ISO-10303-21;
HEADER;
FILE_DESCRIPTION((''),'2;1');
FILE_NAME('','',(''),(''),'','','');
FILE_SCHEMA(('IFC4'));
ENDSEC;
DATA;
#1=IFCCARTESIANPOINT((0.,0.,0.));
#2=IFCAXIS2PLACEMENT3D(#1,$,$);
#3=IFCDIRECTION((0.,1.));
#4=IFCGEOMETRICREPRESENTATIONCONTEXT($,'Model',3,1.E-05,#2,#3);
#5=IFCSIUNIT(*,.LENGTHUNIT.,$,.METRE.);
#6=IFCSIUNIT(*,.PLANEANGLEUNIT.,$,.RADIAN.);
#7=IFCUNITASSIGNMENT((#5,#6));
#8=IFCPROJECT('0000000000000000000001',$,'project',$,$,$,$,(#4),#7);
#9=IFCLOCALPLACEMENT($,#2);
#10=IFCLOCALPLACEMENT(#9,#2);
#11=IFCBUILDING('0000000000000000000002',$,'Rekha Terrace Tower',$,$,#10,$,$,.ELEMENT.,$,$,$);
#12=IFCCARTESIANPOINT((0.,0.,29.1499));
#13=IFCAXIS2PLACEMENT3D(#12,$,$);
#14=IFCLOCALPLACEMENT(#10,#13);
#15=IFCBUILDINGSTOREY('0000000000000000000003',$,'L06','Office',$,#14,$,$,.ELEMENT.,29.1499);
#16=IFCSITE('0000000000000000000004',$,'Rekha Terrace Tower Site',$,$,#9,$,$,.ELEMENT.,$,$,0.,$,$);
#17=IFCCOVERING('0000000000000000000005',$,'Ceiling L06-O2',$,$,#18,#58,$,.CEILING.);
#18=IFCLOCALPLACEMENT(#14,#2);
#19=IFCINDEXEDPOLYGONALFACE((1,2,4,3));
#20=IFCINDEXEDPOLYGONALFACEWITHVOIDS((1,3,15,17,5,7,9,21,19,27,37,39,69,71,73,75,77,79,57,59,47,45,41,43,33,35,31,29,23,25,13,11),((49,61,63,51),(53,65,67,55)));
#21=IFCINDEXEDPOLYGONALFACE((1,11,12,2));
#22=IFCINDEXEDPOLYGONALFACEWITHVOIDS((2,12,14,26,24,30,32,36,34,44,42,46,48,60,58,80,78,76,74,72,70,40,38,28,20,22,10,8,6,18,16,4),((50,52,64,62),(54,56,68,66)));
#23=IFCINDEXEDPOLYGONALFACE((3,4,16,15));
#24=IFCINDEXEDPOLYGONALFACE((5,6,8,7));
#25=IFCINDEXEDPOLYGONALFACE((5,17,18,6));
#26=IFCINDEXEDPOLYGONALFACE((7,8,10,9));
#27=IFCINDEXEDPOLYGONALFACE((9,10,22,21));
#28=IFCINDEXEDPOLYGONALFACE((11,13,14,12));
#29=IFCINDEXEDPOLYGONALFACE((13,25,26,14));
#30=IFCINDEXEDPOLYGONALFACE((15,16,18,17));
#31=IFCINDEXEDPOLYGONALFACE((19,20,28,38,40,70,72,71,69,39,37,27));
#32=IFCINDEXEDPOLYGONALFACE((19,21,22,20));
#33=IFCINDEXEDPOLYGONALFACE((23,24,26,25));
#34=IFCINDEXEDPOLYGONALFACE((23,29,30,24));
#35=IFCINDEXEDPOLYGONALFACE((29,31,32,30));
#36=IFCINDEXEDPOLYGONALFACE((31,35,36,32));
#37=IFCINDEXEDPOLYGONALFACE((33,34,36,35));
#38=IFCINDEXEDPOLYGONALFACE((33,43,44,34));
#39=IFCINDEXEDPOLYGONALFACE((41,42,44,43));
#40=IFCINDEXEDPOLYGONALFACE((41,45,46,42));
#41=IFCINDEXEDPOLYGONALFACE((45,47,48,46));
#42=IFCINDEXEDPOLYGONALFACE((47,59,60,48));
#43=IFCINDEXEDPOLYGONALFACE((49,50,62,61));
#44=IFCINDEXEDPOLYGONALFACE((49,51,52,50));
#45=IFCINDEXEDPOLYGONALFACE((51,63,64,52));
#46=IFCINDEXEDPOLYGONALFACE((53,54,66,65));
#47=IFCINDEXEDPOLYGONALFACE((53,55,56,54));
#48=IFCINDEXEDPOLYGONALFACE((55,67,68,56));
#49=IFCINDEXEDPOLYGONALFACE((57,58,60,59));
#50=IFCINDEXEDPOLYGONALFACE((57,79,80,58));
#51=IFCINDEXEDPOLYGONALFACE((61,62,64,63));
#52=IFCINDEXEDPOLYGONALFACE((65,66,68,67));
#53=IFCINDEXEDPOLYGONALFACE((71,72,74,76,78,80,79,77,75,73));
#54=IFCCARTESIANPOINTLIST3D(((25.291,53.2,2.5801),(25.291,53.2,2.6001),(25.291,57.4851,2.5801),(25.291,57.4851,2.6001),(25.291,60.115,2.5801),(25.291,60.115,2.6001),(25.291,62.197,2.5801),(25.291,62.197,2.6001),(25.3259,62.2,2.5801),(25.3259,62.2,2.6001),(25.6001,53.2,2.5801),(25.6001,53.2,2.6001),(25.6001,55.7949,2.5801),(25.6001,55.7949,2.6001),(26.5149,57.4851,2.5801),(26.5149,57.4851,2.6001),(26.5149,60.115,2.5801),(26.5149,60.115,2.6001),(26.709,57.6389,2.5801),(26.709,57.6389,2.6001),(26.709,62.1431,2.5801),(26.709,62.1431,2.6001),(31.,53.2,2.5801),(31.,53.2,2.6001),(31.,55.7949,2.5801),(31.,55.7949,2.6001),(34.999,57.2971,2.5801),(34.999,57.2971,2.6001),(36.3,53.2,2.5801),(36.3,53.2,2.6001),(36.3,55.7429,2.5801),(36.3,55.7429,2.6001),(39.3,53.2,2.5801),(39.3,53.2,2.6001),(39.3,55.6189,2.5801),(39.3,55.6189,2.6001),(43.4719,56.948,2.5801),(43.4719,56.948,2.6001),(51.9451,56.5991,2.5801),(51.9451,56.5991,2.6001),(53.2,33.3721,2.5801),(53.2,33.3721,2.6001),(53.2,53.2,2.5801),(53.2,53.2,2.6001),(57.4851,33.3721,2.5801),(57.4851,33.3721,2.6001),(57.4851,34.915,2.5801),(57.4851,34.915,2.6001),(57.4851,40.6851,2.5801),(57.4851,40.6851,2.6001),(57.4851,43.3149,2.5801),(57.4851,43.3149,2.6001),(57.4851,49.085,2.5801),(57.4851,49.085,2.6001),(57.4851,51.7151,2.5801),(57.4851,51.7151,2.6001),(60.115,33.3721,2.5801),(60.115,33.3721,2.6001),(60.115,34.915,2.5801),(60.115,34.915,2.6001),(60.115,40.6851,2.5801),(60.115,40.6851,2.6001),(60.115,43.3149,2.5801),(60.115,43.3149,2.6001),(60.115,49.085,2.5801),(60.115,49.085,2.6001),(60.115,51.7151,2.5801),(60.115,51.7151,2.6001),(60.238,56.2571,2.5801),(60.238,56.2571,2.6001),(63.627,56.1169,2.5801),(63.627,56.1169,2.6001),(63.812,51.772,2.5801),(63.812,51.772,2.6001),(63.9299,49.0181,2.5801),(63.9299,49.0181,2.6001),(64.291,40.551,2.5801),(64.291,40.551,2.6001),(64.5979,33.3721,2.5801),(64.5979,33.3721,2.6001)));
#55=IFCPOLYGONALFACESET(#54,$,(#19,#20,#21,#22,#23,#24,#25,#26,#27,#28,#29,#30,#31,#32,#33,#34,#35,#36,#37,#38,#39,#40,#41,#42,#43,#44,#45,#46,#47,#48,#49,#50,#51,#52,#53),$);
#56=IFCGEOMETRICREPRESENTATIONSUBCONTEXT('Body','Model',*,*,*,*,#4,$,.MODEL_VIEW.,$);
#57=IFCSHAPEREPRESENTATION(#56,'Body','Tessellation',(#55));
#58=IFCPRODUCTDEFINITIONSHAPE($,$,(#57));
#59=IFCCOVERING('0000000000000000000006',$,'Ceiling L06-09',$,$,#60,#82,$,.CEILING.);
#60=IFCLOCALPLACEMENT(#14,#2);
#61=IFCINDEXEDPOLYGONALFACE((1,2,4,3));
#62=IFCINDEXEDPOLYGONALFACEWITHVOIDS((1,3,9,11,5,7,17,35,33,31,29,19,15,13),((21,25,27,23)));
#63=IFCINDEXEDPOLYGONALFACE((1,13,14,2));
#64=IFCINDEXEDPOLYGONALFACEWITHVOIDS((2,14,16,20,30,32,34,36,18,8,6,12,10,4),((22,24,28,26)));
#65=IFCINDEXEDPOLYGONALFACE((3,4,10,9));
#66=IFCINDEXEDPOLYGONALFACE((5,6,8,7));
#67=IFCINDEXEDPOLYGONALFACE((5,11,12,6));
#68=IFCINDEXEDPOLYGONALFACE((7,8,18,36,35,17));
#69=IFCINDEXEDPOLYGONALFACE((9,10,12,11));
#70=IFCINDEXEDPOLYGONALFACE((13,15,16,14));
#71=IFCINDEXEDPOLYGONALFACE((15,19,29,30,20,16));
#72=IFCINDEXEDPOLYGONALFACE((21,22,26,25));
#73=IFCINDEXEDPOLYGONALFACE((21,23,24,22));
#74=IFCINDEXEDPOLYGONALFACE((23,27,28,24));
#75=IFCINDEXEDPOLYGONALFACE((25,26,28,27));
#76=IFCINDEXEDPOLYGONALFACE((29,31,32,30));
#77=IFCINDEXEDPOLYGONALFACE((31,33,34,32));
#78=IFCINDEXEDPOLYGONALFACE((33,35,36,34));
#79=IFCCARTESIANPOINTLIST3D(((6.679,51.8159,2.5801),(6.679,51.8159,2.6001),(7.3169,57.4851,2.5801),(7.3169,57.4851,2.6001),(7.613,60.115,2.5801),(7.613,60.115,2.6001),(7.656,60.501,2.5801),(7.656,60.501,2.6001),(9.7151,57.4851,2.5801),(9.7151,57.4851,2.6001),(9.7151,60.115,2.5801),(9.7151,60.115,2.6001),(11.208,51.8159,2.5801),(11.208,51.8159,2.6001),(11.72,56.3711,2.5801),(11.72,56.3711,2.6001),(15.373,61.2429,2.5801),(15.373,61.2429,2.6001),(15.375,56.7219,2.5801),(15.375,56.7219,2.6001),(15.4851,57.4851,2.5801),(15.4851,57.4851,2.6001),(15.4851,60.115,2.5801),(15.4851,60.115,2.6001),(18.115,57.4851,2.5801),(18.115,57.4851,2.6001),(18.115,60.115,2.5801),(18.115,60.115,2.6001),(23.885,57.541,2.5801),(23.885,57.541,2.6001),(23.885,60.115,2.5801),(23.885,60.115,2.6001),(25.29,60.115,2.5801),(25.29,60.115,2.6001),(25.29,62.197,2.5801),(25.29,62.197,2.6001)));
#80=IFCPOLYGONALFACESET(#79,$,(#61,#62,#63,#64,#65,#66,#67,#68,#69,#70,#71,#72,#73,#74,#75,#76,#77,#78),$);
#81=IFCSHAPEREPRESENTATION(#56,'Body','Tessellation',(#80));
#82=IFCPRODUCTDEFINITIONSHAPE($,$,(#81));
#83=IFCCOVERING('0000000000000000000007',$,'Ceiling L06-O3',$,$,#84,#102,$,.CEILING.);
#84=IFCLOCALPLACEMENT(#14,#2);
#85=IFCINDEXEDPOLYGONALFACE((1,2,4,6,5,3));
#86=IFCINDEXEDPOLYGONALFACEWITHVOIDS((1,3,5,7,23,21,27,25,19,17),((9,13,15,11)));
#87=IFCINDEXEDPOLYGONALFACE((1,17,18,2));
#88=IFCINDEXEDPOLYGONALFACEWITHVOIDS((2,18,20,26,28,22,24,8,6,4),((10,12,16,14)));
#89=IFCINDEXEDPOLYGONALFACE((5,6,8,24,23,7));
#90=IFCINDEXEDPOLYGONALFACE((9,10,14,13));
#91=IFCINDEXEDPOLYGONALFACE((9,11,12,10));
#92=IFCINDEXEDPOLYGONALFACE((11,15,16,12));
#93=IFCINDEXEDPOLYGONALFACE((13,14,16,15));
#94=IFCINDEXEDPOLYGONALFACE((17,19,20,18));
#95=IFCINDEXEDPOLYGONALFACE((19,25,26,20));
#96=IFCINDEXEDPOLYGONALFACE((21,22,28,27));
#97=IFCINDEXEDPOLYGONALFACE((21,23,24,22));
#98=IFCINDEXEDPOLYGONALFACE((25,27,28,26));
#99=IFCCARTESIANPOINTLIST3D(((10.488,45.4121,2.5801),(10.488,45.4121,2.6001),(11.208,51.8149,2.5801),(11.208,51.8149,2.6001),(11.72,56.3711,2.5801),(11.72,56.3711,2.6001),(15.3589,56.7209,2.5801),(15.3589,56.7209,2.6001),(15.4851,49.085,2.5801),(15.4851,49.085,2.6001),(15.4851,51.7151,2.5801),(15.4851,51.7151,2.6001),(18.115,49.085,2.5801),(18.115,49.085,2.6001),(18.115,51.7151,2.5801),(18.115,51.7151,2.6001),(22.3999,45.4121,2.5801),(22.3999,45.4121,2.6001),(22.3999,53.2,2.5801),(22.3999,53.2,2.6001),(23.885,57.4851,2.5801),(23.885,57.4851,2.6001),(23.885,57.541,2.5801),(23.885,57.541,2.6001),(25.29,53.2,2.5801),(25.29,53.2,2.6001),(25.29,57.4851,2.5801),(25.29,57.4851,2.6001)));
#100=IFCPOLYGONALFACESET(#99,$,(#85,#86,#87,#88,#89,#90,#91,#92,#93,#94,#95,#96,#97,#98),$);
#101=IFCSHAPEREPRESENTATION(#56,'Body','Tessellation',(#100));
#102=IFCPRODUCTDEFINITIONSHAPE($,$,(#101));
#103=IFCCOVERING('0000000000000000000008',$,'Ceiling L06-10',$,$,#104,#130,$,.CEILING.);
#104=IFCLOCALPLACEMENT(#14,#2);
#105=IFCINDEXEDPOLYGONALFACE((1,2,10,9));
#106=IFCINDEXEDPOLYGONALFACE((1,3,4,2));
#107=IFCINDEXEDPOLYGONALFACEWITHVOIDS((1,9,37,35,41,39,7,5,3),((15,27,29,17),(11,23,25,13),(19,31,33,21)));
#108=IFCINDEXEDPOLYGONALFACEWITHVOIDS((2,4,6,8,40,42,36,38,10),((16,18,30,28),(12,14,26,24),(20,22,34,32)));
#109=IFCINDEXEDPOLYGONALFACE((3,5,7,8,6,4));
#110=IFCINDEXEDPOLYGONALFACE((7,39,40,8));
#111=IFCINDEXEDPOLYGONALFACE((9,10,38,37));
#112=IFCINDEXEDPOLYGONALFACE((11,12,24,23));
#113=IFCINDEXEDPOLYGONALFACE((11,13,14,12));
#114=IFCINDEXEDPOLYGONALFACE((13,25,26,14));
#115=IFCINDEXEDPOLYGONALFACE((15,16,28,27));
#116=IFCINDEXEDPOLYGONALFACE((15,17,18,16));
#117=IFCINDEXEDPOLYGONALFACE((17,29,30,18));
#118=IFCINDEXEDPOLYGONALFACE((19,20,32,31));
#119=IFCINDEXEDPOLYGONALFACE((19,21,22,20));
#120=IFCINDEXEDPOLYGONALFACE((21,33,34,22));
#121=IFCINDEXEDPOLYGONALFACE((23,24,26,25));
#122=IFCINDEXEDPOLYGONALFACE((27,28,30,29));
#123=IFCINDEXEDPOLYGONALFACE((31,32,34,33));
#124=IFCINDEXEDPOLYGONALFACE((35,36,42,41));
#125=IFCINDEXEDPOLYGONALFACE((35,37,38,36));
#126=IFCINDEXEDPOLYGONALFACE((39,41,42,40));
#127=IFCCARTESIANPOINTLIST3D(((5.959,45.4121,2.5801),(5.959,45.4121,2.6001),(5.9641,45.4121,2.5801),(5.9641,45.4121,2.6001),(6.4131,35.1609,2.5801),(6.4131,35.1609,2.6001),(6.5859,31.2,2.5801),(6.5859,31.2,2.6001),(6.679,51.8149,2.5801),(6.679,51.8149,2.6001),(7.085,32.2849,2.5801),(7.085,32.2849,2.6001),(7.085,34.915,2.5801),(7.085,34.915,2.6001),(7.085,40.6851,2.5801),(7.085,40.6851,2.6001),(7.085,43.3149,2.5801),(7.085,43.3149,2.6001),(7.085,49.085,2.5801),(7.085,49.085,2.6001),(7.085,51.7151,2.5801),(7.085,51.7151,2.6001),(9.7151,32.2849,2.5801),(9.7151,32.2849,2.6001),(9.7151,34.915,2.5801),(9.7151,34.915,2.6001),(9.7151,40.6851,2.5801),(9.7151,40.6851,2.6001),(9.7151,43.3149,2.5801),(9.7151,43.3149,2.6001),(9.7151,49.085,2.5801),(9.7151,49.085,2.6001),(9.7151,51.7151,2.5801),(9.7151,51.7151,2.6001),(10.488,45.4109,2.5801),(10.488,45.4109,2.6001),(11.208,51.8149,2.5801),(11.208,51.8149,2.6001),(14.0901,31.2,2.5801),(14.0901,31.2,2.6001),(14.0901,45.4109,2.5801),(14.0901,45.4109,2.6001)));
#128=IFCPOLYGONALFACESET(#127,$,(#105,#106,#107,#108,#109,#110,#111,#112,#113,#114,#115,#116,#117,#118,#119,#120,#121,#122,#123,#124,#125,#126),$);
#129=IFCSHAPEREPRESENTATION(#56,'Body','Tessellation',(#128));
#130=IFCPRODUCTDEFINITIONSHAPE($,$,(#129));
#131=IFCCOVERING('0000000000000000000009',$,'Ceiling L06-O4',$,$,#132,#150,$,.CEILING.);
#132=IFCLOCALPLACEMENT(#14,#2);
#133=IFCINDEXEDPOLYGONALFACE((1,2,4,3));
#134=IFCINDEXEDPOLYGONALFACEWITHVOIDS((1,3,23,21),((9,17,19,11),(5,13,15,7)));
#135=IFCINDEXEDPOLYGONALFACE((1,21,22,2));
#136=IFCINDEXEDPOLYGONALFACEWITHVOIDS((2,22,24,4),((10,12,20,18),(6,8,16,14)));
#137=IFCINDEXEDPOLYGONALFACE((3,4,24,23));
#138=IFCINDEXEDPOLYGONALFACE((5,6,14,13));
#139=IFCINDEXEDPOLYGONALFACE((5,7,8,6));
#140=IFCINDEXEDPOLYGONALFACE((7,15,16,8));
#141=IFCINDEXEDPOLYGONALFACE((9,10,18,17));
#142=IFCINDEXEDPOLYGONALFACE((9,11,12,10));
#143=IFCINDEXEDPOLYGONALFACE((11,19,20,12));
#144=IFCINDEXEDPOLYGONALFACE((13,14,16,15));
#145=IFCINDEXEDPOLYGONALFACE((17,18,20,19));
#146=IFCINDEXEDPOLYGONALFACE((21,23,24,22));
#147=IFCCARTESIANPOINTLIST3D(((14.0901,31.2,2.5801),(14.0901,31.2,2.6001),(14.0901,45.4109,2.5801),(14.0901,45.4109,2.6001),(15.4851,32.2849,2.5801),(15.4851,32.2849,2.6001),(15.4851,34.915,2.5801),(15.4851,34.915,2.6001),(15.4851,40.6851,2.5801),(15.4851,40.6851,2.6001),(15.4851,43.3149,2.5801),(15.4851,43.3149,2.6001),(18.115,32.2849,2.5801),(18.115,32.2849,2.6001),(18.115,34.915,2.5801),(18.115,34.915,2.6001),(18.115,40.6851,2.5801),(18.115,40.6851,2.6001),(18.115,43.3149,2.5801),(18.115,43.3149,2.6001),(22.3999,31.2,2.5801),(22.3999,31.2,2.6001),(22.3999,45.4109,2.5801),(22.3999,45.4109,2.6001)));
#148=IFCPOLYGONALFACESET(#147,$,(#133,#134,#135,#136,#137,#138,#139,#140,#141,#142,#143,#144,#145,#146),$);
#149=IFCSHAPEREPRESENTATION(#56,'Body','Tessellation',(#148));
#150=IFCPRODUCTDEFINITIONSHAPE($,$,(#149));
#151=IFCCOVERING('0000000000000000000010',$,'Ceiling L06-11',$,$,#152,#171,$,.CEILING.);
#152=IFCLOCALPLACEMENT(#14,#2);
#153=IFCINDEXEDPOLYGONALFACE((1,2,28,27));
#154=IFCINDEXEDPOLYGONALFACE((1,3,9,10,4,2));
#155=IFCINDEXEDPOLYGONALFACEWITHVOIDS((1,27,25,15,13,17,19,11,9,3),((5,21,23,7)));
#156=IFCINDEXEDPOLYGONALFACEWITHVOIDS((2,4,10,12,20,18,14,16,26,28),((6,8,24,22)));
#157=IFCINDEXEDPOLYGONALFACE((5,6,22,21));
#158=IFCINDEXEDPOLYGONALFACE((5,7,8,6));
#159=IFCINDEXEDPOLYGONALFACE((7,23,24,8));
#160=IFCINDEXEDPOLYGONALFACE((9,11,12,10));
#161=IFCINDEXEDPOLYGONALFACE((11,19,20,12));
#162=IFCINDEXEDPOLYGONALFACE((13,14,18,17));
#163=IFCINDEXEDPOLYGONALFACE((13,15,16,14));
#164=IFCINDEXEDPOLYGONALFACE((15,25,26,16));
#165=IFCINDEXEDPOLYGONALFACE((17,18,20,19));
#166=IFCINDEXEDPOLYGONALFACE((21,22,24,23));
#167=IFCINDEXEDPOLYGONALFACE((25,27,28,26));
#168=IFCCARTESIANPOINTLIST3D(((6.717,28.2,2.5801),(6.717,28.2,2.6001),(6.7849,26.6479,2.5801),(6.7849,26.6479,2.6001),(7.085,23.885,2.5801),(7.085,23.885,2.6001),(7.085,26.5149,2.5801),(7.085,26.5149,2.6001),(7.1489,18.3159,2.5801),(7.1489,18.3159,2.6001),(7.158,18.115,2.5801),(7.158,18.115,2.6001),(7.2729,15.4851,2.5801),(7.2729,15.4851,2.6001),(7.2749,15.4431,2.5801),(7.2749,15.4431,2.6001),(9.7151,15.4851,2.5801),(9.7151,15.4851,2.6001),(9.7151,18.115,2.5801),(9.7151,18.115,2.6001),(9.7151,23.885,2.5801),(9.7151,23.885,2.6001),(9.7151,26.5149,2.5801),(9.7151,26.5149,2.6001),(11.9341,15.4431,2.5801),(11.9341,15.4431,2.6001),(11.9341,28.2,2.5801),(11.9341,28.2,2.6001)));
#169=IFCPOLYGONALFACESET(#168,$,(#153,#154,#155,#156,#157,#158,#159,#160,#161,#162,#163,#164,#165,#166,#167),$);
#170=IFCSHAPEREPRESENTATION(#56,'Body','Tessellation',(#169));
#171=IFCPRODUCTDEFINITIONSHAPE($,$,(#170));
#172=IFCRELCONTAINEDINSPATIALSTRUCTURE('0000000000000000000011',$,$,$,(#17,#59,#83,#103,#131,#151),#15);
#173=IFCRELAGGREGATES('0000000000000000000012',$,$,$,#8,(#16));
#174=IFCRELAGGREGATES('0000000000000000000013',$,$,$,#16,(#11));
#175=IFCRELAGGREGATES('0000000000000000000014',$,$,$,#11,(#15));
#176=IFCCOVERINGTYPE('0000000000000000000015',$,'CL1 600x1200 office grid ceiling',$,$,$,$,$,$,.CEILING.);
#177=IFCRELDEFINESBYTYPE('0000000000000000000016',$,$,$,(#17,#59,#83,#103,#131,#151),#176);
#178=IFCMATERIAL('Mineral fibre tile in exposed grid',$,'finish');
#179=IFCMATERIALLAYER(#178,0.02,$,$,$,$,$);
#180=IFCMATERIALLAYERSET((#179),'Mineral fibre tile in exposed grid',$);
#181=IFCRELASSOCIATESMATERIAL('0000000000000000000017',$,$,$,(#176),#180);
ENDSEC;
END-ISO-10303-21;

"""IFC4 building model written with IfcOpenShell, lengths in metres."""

from ifc_helpers import new_model, si_unit, direction, frame, origin, place, context, subcontext, project, spatial, polyline, outline, extrude, material, layer, layer_set, type_object, element, save


model = new_model("IFC4")

# Units and contexts
model_context = context("Model", 3, precision=1e-05, world=origin(), true_north=direction((0.0, 1.0)))
body_context = subcontext(model_context, "Body", "Model", "MODEL_VIEW")
ifc_project = project(units=[si_unit("LENGTHUNIT", "METRE"), si_unit("PLANEANGLEUNIT", "RADIAN")], contexts=[model_context])

# Site, building, storey
site_placement = place(None, origin())
site = spatial("IfcSite", under=ifc_project, at=site_placement, Name="Rekha Terrace Tower Site", CompositionType="ELEMENT", RefElevation=0.0)
building_placement = place(site_placement, origin())
building = spatial("IfcBuilding", under=site, at=building_placement, Name="Rekha Terrace Tower", CompositionType="ELEMENT")
storey_placement = place(building_placement, frame((0.0, 0.0, 29.1499)))
storey = spatial("IfcBuildingStorey", under=building, at=storey_placement, Name="L06", Description="Office", CompositionType="ELEMENT", Elevation=29.1499)

# Coverings
ifc_material_1 = material(Name="Mineral fibre tile in exposed grid", Category="finish")
ifc_layer_1 = layer(ifc_material_1, 0.02)
ifc_layer_set_1 = layer_set([ifc_layer_1], Name="Mineral fibre tile in exposed grid")
covering_type_1 = type_object("IfcCoveringType", Name="CL1 600x1200 office grid ceiling", PredefinedType="CEILING", material=ifc_layer_set_1)
covering_1_placement = place(storey_placement, frame((0.0, 0.0, 2.5801)))
element("IfcCovering", 1, at=covering_1_placement, inside=storey, type_object=covering_type_1, Name="Ceiling L06-O2", PredefinedType="CEILING", context=body_context, shape_type="SweptSolid", body=[
    extrude(outline(polyline([(43.4719, 56.948), (34.999, 57.2971), (26.709, 57.6389), (26.709, 62.1431), (25.3259, 62.2), (25.291, 62.197), (25.291, 60.115), (26.5149, 60.115), (26.5149, 57.4851), (25.291, 57.4851), (25.291, 53.2), (25.6001, 53.2), (25.6001, 55.7949), (31.0, 55.7949), (31.0, 53.2), (36.3, 53.2), (36.3, 55.7429), (39.3, 55.6189), (39.3, 53.2), (53.2, 53.2), (53.2, 33.3721), (57.4851, 33.3721), (57.4851, 34.915), (60.115, 34.915), (60.115, 33.3721), (64.5979, 33.3721), (64.291, 40.551), (63.9299, 49.0181), (63.812, 51.772), (63.627, 56.1169), (60.238, 56.2571), (51.9451, 56.5991), (43.4719, 56.948)]), holes=[polyline([(60.115, 40.6851), (57.4851, 40.6851), (57.4851, 43.3149), (60.115, 43.3149), (60.115, 40.6851)]), polyline([(60.115, 49.085), (57.4851, 49.085), (57.4851, 51.7151), (60.115, 51.7151), (60.115, 49.085)])]), origin(), (0.0, 0.0, 1.0), 0.02),
])
covering_2_placement = place(storey_placement, frame((0.0, 0.0, 2.5801)))
element("IfcCovering", 2, at=covering_2_placement, inside=storey, type_object=covering_type_1, Name="Ceiling L06-09", PredefinedType="CEILING", context=body_context, shape_type="SweptSolid", body=[
    extrude(outline(polyline([(7.3169, 57.4851), (6.679, 51.8159), (11.208, 51.8159), (11.72, 56.3711), (15.375, 56.7219), (23.885, 57.541), (23.885, 60.115), (25.29, 60.115), (25.29, 62.197), (15.373, 61.2429), (7.656, 60.501), (7.613, 60.115), (9.7151, 60.115), (9.7151, 57.4851), (7.3169, 57.4851)]), holes=[polyline([(18.115, 57.4851), (15.4851, 57.4851), (15.4851, 60.115), (18.115, 60.115), (18.115, 57.4851)])]), origin(), (0.0, 0.0, 1.0), 0.02),
])
covering_3_placement = place(storey_placement, frame((0.0, 0.0, 2.5801)))
element("IfcCovering", 3, at=covering_3_placement, inside=storey, type_object=covering_type_1, Name="Ceiling L06-O3", PredefinedType="CEILING", context=body_context, shape_type="SweptSolid", body=[
    extrude(outline(polyline([(11.72, 56.3711), (11.208, 51.8149), (10.488, 45.4121), (22.3999, 45.4121), (22.3999, 53.2), (25.29, 53.2), (25.29, 57.4851), (23.885, 57.4851), (23.885, 57.541), (15.3589, 56.7209), (11.72, 56.3711)]), holes=[polyline([(18.115, 49.085), (15.4851, 49.085), (15.4851, 51.7151), (18.115, 51.7151), (18.115, 49.085)])]), origin(), (0.0, 0.0, 1.0), 0.02),
])
covering_4_placement = place(storey_placement, frame((0.0, 0.0, 2.5801)))
element("IfcCovering", 4, at=covering_4_placement, inside=storey, type_object=covering_type_1, Name="Ceiling L06-10", PredefinedType="CEILING", context=body_context, shape_type="SweptSolid", body=[
    extrude(outline(polyline([(6.679, 51.8149), (5.959, 45.4121), (5.9641, 45.4121), (6.4131, 35.1609), (6.5859, 31.2), (14.0901, 31.2), (14.0901, 45.4109), (10.488, 45.4109), (11.208, 51.8149), (6.679, 51.8149)]), holes=[polyline([(9.7151, 32.2849), (7.085, 32.2849), (7.085, 34.915), (9.7151, 34.915), (9.7151, 32.2849)]), polyline([(9.7151, 40.6851), (7.085, 40.6851), (7.085, 43.3149), (9.7151, 43.3149), (9.7151, 40.6851)]), polyline([(9.7151, 51.7151), (9.7151, 49.085), (7.085, 49.085), (7.085, 51.7151), (9.7151, 51.7151)])]), origin(), (0.0, 0.0, 1.0), 0.02),
])
covering_5_placement = place(storey_placement, frame((0.0, 0.0, 2.5801)))
element("IfcCovering", 5, at=covering_5_placement, inside=storey, type_object=covering_type_1, Name="Ceiling L06-O4", PredefinedType="CEILING", context=body_context, shape_type="SweptSolid", body=[
    extrude(outline(polyline([(14.0901, 45.4109), (14.0901, 31.2), (22.3999, 31.2), (22.3999, 45.4109), (14.0901, 45.4109)]), holes=[polyline([(18.115, 32.2849), (15.4851, 32.2849), (15.4851, 34.915), (18.115, 34.915), (18.115, 32.2849)]), polyline([(18.115, 40.6851), (15.4851, 40.6851), (15.4851, 43.3149), (18.115, 43.3149), (18.115, 40.6851)])]), origin(), (0.0, 0.0, 1.0), 0.02),
])
covering_6_placement = place(storey_placement, frame((0.0, 0.0, 2.5801)))
element("IfcCovering", 6, at=covering_6_placement, inside=storey, type_object=covering_type_1, Name="Ceiling L06-11", PredefinedType="CEILING", context=body_context, shape_type="SweptSolid", body=[
    extrude(outline(polyline([(7.2729, 15.4851), (7.2749, 15.4431), (11.9341, 15.4431), (11.9341, 28.2), (6.717, 28.2), (6.7849, 26.6479), (7.1489, 18.3159), (7.158, 18.115), (9.7151, 18.115), (9.7151, 15.4851), (7.2729, 15.4851)]), holes=[polyline([(9.7151, 23.885), (7.085, 23.885), (7.085, 26.5149), (9.7151, 26.5149), (9.7151, 23.885)])]), origin(), (0.0, 0.0, 1.0), 0.02),
])

save(model, "model.ifc")
